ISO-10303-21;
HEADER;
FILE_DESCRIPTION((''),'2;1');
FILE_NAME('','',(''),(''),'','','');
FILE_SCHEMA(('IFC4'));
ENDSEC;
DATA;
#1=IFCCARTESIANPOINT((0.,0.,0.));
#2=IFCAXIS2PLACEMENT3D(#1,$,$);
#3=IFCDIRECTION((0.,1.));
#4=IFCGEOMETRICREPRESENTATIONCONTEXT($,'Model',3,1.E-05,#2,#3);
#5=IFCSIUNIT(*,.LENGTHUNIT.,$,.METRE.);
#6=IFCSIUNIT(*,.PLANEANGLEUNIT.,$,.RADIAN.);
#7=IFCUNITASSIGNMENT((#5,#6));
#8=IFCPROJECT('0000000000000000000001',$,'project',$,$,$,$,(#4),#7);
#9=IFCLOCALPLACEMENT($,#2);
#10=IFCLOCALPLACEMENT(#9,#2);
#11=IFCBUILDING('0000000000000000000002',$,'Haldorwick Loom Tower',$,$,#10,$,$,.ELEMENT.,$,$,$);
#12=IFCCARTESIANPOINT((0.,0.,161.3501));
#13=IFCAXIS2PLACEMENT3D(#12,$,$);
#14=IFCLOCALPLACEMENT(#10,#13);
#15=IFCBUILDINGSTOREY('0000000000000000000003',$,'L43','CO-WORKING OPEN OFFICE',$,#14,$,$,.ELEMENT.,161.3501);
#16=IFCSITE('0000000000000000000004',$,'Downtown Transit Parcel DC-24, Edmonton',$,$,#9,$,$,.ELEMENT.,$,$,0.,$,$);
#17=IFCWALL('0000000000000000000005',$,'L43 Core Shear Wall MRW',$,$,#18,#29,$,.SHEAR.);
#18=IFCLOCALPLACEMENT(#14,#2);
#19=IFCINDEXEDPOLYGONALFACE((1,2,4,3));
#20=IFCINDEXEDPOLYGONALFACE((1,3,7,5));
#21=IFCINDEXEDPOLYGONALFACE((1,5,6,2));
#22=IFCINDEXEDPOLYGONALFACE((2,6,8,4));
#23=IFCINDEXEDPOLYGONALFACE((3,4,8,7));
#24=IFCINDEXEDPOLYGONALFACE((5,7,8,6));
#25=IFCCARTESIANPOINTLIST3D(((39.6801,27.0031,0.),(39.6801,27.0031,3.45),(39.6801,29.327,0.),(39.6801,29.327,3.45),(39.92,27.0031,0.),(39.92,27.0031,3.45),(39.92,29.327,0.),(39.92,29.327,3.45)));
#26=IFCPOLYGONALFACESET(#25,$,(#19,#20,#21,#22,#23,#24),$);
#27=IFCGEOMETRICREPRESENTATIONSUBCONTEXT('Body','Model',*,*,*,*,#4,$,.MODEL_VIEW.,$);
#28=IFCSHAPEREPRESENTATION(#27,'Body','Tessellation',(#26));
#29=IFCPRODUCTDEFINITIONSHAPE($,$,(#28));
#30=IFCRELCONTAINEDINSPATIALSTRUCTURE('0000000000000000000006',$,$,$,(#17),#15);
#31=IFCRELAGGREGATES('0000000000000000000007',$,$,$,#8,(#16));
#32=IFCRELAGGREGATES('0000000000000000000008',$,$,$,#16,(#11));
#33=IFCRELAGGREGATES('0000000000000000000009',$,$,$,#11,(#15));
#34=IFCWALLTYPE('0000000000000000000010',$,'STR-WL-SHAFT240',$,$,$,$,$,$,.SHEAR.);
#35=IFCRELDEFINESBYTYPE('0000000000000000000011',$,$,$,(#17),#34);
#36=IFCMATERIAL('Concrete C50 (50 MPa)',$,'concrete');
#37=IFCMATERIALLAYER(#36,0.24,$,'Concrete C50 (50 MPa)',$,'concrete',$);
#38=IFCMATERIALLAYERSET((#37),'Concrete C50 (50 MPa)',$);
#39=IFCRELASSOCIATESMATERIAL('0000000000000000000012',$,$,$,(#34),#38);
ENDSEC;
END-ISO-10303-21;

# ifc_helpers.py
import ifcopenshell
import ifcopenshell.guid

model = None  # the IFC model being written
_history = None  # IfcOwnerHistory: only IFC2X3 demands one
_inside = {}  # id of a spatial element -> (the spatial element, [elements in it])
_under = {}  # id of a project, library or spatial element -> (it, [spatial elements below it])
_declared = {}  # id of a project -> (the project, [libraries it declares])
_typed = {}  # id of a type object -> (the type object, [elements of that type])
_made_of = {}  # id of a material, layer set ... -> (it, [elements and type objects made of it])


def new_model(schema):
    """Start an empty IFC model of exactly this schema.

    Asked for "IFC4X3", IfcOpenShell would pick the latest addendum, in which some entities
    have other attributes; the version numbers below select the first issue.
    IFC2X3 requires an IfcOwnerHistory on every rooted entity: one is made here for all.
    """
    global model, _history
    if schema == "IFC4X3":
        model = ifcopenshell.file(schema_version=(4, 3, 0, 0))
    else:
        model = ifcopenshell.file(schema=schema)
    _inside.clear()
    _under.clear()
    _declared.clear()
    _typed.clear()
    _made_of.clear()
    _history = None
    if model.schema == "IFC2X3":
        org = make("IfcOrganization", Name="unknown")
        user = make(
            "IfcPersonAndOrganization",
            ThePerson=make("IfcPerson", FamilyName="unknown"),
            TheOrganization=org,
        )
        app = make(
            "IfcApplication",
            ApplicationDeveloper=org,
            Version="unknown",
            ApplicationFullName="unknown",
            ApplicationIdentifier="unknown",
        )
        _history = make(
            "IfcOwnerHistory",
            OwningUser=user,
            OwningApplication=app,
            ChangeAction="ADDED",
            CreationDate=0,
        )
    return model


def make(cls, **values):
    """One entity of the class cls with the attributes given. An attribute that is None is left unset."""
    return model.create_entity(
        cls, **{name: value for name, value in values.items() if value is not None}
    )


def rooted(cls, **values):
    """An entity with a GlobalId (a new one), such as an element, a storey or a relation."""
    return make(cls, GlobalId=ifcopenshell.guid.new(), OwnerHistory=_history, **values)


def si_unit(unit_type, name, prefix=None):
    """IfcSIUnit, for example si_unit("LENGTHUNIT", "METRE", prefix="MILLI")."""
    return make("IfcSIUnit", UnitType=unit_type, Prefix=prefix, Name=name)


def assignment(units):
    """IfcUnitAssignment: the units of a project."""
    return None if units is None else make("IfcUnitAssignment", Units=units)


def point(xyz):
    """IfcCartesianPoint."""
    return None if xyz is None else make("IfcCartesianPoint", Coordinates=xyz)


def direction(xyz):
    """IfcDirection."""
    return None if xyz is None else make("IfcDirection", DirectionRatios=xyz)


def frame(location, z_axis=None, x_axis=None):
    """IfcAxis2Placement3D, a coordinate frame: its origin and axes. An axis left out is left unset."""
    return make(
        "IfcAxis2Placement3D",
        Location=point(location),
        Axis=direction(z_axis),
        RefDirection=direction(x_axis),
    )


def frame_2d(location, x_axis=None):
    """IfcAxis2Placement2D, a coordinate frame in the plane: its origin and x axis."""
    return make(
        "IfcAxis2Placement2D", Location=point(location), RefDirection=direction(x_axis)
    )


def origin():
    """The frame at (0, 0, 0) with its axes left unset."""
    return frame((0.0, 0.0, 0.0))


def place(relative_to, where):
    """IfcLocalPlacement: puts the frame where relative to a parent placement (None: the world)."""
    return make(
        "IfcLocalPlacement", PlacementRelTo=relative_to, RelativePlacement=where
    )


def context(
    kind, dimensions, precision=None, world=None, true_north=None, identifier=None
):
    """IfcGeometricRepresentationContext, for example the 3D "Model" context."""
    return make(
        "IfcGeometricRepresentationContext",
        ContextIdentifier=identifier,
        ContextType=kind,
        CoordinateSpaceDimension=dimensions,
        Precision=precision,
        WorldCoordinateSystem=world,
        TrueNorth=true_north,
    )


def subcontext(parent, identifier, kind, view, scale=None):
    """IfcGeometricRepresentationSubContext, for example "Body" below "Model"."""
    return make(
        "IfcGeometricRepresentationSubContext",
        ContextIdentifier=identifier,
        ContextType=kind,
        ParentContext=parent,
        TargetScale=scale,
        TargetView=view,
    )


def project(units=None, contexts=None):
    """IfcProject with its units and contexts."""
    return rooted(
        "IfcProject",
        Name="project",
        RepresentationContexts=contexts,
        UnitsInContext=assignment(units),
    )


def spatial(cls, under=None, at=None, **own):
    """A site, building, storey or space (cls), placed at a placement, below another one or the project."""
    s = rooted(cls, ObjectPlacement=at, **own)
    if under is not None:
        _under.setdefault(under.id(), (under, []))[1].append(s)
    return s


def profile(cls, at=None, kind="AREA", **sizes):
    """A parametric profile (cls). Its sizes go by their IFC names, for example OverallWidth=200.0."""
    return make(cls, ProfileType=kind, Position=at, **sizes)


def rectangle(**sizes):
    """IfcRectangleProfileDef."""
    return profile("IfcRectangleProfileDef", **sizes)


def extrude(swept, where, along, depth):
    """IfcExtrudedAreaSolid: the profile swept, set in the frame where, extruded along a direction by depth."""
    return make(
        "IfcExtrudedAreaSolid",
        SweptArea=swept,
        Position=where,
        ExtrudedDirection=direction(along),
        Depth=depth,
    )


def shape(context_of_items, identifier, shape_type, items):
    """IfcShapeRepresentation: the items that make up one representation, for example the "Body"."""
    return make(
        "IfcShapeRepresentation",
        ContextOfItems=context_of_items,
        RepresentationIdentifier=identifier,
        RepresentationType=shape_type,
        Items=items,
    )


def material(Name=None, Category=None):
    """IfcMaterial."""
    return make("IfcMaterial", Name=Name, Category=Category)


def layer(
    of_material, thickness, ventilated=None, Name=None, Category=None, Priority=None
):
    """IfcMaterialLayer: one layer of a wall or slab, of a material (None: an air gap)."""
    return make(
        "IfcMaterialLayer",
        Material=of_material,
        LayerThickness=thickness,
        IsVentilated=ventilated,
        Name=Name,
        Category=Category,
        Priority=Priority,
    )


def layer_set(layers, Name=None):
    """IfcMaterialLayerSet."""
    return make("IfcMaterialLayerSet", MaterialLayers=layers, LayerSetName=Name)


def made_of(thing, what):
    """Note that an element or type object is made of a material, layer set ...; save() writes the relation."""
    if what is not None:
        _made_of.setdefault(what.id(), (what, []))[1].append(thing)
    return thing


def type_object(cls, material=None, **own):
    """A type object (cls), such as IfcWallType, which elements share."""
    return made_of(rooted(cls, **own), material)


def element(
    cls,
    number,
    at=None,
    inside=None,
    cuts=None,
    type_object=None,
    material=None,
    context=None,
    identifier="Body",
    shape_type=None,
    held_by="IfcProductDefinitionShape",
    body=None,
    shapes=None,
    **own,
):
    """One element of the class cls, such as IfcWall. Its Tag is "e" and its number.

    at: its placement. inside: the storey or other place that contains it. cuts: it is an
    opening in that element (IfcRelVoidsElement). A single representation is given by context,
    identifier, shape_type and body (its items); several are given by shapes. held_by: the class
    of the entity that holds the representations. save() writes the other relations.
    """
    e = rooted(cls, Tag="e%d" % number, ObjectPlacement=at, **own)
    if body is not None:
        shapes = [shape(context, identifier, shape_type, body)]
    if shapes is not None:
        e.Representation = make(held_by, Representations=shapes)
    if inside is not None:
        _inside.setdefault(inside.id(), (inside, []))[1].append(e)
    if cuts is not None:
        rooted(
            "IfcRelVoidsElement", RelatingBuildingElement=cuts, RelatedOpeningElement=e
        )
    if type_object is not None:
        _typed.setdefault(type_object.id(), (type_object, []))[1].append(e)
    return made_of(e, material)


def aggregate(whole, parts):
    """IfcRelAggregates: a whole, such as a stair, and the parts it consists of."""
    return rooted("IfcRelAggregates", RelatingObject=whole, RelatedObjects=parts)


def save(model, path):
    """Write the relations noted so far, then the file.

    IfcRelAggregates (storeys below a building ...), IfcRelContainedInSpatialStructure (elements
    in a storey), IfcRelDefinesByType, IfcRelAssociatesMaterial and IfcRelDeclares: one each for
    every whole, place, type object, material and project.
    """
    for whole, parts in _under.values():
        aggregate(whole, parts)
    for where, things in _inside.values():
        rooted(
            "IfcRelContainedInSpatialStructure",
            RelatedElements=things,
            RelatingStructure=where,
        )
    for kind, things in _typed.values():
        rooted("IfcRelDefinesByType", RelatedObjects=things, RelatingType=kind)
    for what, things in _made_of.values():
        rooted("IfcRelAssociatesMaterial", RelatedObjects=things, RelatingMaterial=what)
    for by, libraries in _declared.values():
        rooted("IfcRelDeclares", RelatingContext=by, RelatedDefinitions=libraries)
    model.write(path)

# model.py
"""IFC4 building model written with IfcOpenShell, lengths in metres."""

from ifc_helpers import new_model, si_unit, direction, frame, frame_2d, origin, place, context, subcontext, project, spatial, rectangle, extrude, material, layer, layer_set, type_object, element, save


model = new_model("IFC4")

# Units and contexts
model_context = context("Model", 3, precision=1e-05, world=origin(), true_north=direction((0.0, 1.0)))
body_context = subcontext(model_context, "Body", "Model", "MODEL_VIEW")
ifc_project = project(units=[si_unit("LENGTHUNIT", "METRE"), si_unit("PLANEANGLEUNIT", "RADIAN")], contexts=[model_context])

# Site, building, storey
site_placement = place(None, origin())
site = spatial("IfcSite", under=ifc_project, at=site_placement, Name="Downtown Transit Parcel DC-24, Edmonton", CompositionType="ELEMENT", RefElevation=0.0)
building_placement = place(site_placement, origin())
building = spatial("IfcBuilding", under=site, at=building_placement, Name="Haldorwick Loom Tower", CompositionType="ELEMENT")
storey_placement = place(building_placement, frame((0.0, 0.0, 161.3501)))
storey = spatial("IfcBuildingStorey", under=building, at=storey_placement, Name="L43", Description="CO-WORKING OPEN OFFICE", CompositionType="ELEMENT", Elevation=161.3501)

# Shared definitions
ifc_material_1 = material(Name="Concrete C50 (50 MPa)", Category="concrete")
ifc_layer_1 = layer(ifc_material_1, 0.24, Name="Concrete C50 (50 MPa)", Category="concrete")
ifc_layer_set_1 = layer_set([ifc_layer_1], Name="Concrete C50 (50 MPa)")
wall_type_1 = type_object("IfcWallType", Name="STR-WL-SHAFT240", PredefinedType="SHEAR", material=ifc_layer_set_1)

# Wall
wall_1_placement = place(storey_placement, frame((39.8, 27.0029, 0.0), z_axis=(0.0, 0.0, 1.0), x_axis=(0.0, 1.0, 0.0)))
element("IfcWall", 1, at=wall_1_placement, inside=storey, type_object=wall_type_1, Name="L43 Core Shear Wall MRW", PredefinedType="SHEAR", context=body_context, shape_type="SweptSolid", body=[
    extrude(rectangle(XDim=2.324, YDim=0.24, at=frame_2d((1.1621, 0.0))), origin(), (0.0, 0.0, 1.0), 3.45),
])

save(model, "model.ifc")
